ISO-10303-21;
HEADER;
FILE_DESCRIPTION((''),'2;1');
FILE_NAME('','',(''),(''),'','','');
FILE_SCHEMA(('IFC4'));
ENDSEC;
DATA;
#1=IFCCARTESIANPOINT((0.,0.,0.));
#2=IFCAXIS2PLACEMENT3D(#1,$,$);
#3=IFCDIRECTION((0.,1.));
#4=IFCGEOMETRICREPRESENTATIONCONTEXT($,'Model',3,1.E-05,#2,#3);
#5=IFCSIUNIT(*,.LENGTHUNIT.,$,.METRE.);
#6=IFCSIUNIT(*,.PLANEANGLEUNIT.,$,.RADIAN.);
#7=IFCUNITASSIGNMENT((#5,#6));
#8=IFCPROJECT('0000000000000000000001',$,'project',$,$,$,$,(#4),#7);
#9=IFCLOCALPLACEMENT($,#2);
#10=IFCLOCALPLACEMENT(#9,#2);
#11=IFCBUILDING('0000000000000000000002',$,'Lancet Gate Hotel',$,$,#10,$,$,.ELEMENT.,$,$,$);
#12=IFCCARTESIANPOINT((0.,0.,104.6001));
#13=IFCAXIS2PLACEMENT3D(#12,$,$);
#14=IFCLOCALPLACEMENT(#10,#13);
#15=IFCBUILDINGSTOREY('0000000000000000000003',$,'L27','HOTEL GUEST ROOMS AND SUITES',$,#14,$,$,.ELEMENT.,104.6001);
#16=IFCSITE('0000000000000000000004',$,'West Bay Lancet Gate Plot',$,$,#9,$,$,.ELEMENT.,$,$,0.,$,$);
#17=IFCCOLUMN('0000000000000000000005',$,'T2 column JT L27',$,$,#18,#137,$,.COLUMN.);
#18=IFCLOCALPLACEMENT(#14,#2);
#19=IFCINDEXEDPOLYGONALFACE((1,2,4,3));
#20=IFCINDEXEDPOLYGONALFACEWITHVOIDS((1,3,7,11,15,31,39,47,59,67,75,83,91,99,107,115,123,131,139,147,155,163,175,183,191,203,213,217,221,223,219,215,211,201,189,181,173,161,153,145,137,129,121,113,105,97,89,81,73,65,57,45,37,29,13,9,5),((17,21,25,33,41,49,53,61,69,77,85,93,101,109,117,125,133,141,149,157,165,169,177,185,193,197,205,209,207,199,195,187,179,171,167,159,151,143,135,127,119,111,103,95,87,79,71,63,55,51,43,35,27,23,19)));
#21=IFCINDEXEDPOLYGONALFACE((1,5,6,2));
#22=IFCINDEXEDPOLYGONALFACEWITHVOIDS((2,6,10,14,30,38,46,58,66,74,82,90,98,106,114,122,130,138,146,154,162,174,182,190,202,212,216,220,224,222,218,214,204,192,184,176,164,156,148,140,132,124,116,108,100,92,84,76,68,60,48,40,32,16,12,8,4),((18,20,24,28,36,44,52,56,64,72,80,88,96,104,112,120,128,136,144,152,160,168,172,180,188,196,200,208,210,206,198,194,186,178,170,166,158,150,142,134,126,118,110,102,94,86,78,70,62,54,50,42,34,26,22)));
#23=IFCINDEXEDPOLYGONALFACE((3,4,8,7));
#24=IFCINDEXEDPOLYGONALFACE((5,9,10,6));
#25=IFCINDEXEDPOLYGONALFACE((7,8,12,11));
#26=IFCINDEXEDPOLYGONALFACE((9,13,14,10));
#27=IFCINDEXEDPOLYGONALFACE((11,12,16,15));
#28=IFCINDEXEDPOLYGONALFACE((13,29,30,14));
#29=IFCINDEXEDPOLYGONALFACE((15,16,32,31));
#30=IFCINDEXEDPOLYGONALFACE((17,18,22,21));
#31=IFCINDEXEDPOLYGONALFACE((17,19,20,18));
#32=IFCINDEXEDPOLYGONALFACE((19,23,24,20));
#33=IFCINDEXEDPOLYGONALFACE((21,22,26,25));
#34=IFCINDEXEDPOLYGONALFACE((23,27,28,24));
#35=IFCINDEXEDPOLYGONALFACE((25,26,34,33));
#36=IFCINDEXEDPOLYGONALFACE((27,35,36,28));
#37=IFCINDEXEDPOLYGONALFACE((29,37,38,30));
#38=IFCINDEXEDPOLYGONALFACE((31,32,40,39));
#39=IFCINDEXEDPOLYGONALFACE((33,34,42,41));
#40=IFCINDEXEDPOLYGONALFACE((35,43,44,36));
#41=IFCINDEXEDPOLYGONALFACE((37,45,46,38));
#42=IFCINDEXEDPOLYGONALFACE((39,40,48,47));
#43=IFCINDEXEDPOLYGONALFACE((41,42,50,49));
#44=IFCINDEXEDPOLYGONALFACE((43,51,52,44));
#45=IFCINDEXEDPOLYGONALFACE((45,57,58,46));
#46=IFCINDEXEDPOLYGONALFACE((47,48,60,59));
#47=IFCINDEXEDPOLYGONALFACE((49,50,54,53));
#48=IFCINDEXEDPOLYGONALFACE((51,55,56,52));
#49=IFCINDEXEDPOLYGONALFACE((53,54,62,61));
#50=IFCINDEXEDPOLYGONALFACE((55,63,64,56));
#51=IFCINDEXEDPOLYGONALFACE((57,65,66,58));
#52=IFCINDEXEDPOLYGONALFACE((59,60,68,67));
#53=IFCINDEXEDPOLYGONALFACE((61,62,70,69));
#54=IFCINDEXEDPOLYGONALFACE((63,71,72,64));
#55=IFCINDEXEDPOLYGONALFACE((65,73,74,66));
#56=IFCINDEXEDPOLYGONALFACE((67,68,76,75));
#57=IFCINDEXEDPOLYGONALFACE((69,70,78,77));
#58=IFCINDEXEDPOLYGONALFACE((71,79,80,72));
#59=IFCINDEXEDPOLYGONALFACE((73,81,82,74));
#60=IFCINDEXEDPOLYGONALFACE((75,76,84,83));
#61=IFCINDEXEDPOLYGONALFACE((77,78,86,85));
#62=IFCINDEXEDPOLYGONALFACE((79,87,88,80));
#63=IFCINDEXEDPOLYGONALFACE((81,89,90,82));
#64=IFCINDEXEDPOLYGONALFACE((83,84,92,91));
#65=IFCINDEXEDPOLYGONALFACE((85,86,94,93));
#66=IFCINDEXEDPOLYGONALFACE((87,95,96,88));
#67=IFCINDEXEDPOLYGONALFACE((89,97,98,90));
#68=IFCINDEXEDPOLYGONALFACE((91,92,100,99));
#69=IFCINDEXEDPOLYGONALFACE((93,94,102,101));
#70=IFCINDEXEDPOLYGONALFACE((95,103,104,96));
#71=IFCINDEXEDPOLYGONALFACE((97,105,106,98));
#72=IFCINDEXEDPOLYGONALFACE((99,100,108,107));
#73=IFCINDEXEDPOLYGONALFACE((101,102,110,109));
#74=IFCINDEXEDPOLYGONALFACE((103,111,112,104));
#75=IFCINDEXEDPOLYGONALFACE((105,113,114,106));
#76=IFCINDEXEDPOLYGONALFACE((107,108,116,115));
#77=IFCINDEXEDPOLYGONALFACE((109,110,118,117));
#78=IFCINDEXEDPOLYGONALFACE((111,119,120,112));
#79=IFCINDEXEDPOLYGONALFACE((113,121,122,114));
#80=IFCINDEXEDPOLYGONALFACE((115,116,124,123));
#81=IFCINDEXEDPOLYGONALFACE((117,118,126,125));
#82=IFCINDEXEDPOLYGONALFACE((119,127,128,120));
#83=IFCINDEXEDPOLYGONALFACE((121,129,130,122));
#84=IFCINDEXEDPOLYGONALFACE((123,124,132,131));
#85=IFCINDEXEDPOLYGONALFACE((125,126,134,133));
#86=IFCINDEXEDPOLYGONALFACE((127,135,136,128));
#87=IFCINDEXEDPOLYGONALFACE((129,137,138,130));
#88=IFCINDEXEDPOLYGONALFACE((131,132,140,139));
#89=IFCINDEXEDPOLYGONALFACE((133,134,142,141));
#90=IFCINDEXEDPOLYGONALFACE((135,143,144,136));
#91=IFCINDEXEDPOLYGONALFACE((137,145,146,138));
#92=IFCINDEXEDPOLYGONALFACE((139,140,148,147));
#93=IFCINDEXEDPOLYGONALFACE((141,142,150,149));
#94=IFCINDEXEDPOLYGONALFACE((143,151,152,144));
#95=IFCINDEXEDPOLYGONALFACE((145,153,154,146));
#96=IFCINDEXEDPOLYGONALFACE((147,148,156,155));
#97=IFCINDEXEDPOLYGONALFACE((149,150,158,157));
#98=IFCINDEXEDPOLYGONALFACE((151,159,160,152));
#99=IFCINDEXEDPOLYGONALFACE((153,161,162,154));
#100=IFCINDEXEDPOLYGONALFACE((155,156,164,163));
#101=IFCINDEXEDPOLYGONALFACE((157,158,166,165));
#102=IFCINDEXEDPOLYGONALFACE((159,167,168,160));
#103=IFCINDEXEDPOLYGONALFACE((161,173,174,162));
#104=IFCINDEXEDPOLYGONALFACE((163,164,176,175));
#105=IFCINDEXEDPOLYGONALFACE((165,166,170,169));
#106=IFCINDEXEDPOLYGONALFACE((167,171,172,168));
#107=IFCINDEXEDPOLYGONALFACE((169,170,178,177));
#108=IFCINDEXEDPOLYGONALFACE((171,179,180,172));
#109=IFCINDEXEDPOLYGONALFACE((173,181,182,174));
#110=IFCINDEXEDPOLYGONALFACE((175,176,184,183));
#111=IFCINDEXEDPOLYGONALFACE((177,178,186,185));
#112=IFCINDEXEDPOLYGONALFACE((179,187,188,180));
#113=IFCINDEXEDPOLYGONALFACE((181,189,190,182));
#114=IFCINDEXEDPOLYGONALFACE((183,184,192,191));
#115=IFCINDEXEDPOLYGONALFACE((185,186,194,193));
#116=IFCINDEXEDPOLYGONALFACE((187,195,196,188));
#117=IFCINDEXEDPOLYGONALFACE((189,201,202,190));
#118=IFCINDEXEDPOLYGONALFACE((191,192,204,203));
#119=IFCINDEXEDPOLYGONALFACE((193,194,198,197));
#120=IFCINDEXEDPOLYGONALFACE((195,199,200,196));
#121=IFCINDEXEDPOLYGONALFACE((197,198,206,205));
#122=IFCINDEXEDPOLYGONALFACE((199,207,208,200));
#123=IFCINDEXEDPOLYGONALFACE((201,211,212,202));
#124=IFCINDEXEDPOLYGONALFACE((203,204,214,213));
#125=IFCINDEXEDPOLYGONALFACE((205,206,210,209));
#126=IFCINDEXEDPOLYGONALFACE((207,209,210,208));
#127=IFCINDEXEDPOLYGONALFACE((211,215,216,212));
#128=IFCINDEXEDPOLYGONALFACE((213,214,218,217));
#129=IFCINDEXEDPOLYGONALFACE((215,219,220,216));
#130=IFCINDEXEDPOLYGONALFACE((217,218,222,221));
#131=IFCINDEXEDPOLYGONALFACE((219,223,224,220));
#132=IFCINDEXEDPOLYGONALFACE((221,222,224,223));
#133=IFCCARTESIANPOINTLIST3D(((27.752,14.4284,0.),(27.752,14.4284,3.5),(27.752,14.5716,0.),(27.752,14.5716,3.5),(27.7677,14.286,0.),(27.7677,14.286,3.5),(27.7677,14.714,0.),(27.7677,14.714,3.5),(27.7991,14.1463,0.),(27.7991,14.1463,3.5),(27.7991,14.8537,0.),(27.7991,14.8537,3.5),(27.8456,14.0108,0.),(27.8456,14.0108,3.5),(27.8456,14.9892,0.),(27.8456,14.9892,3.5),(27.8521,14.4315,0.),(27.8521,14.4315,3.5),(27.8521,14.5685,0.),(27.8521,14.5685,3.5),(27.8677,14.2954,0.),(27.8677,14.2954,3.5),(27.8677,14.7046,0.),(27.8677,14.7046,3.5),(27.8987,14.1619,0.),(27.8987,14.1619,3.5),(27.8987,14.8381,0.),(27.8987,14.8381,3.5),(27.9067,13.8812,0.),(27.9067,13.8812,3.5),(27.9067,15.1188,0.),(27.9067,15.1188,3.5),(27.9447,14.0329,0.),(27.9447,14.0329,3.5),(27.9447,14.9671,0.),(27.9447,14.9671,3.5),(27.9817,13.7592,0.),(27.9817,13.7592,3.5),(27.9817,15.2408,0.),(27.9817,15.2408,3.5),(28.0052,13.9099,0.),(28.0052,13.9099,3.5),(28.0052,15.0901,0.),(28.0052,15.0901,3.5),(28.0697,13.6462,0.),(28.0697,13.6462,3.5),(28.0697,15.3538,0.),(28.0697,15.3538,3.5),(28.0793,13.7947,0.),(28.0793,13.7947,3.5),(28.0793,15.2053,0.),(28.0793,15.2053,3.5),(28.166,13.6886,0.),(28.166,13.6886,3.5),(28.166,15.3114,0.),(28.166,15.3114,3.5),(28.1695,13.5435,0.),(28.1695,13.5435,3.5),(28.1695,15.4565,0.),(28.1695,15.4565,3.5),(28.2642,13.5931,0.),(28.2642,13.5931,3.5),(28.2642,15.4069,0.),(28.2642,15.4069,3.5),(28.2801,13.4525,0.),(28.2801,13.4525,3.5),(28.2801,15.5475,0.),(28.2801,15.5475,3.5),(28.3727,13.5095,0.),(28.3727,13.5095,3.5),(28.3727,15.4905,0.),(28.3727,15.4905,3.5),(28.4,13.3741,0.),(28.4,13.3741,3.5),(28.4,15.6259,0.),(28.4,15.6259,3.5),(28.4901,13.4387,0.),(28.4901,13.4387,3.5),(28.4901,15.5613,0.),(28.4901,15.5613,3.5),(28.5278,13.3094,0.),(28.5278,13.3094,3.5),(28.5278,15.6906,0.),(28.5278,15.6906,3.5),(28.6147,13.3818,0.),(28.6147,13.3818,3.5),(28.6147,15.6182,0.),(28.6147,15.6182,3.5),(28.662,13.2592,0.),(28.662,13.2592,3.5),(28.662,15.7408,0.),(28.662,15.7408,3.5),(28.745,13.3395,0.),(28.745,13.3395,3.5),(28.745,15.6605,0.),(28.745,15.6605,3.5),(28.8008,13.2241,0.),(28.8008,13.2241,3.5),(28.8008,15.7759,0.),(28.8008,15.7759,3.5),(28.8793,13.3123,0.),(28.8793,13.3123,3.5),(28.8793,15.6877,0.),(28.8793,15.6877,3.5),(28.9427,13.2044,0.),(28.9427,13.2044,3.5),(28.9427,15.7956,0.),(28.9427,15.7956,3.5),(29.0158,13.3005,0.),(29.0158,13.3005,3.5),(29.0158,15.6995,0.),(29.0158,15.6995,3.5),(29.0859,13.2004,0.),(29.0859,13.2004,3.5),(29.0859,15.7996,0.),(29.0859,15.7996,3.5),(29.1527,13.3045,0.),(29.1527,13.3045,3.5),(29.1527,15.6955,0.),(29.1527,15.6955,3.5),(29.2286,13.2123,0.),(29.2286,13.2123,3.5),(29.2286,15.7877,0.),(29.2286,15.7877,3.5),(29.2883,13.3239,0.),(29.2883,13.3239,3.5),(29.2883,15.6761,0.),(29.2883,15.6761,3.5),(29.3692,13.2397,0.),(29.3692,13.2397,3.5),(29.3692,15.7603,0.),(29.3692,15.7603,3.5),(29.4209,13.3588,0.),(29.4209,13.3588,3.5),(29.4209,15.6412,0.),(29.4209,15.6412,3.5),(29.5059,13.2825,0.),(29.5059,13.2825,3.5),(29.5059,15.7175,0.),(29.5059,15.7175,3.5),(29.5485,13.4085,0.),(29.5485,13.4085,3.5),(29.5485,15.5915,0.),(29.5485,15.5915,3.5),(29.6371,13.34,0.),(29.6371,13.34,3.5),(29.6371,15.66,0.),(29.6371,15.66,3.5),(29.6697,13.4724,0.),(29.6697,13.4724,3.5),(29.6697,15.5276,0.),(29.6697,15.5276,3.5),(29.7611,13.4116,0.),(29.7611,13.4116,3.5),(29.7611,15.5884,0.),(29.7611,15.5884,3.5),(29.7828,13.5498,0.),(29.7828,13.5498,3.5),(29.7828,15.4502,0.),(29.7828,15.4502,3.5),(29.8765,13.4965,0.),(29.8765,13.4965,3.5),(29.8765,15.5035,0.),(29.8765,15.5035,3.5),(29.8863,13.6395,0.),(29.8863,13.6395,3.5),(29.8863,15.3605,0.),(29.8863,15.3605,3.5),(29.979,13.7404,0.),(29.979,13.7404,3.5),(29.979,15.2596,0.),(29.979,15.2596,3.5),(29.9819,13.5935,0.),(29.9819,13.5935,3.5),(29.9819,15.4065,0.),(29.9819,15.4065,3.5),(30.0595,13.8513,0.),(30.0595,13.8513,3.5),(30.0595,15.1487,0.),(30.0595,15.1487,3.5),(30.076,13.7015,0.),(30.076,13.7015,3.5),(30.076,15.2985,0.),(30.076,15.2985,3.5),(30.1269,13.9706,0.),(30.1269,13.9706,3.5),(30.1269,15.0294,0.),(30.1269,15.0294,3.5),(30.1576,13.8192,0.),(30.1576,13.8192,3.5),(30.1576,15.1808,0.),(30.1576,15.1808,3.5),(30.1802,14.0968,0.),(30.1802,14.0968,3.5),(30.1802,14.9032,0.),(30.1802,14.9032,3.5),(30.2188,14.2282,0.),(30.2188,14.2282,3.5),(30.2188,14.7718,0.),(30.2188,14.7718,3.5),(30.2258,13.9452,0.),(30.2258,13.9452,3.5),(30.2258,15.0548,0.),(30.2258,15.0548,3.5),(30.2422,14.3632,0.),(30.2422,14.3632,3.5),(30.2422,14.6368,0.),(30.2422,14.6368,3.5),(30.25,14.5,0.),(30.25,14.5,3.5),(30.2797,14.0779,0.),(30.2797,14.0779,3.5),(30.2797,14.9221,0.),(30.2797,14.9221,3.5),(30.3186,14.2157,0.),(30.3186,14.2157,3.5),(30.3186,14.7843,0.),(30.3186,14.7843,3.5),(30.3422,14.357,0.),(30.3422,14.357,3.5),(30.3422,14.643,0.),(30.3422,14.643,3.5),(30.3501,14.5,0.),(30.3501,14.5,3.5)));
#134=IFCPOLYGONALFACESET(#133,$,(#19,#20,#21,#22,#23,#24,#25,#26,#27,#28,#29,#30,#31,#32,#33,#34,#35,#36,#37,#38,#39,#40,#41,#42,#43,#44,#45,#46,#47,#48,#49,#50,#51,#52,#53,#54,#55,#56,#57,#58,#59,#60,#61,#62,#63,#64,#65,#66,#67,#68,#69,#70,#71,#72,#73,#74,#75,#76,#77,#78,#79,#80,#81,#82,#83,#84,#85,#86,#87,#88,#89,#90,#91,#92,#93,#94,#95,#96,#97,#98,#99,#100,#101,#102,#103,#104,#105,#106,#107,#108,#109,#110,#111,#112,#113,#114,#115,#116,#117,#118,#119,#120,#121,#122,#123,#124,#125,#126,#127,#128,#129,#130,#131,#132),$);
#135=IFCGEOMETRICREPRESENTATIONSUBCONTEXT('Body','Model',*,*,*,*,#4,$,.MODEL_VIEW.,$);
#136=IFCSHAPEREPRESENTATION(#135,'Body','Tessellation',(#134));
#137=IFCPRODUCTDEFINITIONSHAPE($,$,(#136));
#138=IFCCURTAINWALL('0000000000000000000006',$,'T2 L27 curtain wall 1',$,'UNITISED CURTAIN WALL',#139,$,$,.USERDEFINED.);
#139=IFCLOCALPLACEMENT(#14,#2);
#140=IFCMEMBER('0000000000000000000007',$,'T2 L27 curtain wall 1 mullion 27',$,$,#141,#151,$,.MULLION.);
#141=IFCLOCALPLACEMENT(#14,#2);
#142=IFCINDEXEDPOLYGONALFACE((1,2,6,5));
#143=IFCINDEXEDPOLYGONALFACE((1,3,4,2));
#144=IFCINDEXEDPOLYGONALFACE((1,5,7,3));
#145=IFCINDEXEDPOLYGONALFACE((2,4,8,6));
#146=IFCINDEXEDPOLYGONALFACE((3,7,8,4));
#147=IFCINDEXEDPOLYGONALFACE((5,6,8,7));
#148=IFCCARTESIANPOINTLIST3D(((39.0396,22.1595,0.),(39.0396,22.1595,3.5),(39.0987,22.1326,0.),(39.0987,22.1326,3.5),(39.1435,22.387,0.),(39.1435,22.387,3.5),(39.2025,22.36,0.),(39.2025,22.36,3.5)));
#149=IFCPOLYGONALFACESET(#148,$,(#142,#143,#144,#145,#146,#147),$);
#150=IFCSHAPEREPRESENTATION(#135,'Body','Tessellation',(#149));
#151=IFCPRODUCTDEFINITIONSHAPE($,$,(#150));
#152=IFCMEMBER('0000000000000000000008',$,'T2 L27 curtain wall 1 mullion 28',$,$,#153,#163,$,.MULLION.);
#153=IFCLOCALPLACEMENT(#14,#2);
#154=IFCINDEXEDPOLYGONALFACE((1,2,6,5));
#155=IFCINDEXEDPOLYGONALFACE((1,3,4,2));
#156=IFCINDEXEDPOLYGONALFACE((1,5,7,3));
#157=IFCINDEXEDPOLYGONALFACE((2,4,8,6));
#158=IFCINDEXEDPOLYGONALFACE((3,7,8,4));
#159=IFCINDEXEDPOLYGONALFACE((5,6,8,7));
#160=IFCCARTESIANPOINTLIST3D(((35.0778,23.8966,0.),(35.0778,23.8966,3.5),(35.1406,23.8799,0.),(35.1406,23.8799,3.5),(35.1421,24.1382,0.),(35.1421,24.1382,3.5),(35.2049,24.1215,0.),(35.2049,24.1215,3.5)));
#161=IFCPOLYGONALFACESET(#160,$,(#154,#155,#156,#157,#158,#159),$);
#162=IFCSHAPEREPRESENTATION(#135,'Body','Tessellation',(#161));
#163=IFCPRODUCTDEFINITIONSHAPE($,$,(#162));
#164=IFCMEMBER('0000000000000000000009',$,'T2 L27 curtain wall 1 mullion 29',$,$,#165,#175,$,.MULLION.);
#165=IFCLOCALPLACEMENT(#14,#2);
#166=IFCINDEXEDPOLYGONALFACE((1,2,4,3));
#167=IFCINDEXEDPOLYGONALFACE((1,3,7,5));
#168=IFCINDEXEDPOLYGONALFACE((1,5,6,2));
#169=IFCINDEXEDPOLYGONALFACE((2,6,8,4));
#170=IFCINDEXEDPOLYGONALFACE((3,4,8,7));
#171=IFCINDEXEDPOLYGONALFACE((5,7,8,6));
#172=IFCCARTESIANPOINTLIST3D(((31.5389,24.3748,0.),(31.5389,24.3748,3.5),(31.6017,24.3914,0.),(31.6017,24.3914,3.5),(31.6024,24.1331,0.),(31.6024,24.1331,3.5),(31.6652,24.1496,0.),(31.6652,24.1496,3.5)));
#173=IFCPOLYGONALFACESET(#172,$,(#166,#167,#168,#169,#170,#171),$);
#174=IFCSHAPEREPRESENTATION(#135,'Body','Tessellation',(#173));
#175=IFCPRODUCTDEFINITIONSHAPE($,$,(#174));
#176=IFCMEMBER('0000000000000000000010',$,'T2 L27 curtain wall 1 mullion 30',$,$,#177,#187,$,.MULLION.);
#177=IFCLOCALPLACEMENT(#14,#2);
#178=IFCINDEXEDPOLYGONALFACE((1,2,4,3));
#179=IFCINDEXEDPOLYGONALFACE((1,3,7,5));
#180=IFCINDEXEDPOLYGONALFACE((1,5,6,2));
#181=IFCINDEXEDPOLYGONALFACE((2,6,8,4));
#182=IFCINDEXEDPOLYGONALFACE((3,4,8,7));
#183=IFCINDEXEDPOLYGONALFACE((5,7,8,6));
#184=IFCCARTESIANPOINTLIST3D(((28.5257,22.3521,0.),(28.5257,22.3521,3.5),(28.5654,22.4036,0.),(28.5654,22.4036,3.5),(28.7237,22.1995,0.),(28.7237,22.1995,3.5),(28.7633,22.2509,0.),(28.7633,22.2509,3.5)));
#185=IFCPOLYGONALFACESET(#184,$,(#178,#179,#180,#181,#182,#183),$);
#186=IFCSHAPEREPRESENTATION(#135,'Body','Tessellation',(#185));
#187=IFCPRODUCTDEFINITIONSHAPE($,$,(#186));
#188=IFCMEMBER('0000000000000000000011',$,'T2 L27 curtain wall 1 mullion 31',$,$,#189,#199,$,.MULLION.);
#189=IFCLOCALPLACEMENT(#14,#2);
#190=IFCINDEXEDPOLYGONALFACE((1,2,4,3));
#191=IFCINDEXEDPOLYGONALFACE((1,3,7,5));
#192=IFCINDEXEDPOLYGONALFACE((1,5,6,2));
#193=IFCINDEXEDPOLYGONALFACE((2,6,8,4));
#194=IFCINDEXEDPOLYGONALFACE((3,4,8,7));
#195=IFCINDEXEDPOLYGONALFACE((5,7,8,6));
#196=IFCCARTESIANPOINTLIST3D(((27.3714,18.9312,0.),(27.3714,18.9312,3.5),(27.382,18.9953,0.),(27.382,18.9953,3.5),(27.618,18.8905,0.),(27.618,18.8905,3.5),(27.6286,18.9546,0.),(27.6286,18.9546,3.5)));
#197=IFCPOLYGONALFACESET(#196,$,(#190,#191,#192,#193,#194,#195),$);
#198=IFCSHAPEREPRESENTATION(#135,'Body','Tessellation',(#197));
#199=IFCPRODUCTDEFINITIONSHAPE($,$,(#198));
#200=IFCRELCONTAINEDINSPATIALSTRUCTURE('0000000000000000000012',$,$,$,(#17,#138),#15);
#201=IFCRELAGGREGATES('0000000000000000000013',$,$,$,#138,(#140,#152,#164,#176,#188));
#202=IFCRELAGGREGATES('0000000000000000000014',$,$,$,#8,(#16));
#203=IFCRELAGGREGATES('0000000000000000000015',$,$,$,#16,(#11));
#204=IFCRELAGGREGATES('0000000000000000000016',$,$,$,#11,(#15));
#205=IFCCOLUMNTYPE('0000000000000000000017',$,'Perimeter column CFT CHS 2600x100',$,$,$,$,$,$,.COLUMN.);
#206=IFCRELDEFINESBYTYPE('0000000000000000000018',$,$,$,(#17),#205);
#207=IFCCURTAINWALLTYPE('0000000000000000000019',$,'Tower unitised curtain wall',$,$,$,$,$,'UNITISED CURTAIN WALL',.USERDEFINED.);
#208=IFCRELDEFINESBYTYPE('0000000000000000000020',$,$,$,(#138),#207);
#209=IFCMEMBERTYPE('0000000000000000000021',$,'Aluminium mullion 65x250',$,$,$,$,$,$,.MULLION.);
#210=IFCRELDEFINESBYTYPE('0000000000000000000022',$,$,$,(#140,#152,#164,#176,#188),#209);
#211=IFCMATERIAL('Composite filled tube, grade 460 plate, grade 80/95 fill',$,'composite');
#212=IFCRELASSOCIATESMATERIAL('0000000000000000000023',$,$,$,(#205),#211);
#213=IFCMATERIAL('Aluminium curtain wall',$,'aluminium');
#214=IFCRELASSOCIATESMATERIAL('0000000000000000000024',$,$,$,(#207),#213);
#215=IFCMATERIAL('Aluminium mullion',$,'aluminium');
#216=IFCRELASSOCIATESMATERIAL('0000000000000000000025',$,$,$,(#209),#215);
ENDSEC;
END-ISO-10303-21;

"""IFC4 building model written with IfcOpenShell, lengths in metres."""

from ifc_helpers import new_model, si_unit, direction, frame, origin, origin_2d, place, context, subcontext, project, spatial, rectangle, hollow_circle, extrude, material, material_profile, profile_set, type_object, element, aggregate, save


model = new_model("IFC4")

# Units and contexts
model_context = context("Model", 3, precision=1e-05, world=origin(), true_north=direction((0.0, 1.0)))
body_context = subcontext(model_context, "Body", "Model", "MODEL_VIEW")
ifc_project = project(units=[si_unit("LENGTHUNIT", "METRE"), si_unit("PLANEANGLEUNIT", "RADIAN")], contexts=[model_context])

# Site, building, storey
site_placement = place(None, origin())
site = spatial("IfcSite", under=ifc_project, at=site_placement, Name="West Bay Lancet Gate Plot", CompositionType="ELEMENT", RefElevation=0.0)
building_placement = place(site_placement, origin())
building = spatial("IfcBuilding", under=site, at=building_placement, Name="Lancet Gate Hotel", CompositionType="ELEMENT")
storey_placement = place(building_placement, frame((0.0, 0.0, 104.6001)))
storey = spatial("IfcBuildingStorey", under=building, at=storey_placement, Name="L27", Description="HOTEL GUEST ROOMS AND SUITES", CompositionType="ELEMENT", Elevation=104.6001)

# Column
ifc_material_1 = material(Name="Composite filled tube, grade 460 plate, grade 80/95 fill", Category="composite")
ifc_material_profile_1 = material_profile(ifc_material_1, hollow_circle(Radius=1.3, WallThickness=0.1001, at=origin_2d()), Name="CHS 2600x100")
ifc_profile_set_1 = profile_set([ifc_material_profile_1], Name="Composite filled tube, grade 460 plate, grade 80/95 fill")
column_type = type_object("IfcColumnType", Name="Perimeter column CFT CHS 2600x100", PredefinedType="COLUMN", material=ifc_profile_set_1)
for number, where, z_axis, x_axis, name in (
    (1, (29.05, 14.5, 0.0), (0.0, 0.0, 1.0), (1.0, 0.0, 0.0), "T2 column JT L27"),
):
    element("IfcColumn", number, at=place(storey_placement, frame(where, z_axis=z_axis, x_axis=x_axis)), inside=storey, type_object=column_type, Name=name, PredefinedType="COLUMN", context=body_context, shape_type="SweptSolid", body=[
        extrude(hollow_circle(Radius=1.3, WallThickness=0.1001, at=origin_2d()), origin(), (0.0, 0.0, 1.0), 3.5),
    ])

# Curtain wall, members
ifc_material_2 = material(Name="Aluminium curtain wall", Category="aluminium")
curtain_wall_type = type_object("IfcCurtainWallType", Name="Tower unitised curtain wall", ElementType="UNITISED CURTAIN WALL", PredefinedType="USERDEFINED", material=ifc_material_2)
curtain_wall_placement = place(storey_placement, origin())
curtain_wall = element("IfcCurtainWall", 2, at=curtain_wall_placement, inside=storey, type_object=curtain_wall_type, Name="T2 L27 curtain wall 1", ObjectType="UNITISED CURTAIN WALL", PredefinedType="USERDEFINED")
ifc_material_3 = material(Name="Aluminium mullion", Category="aluminium")
ifc_material_profile_2 = material_profile(ifc_material_3, rectangle(XDim=0.0649, YDim=0.25, at=origin_2d()), Name="MULLION 65x250")
ifc_profile_set_2 = profile_set([ifc_material_profile_2], Name="Aluminium mullion")
member_type_1 = type_object("IfcMemberType", Name="Aluminium mullion 65x250", PredefinedType="MULLION", material=ifc_profile_set_2)
member_1_placement = place(storey_placement, frame((39.1211, 22.2598, 0.0), z_axis=(0.0, 0.0, 1.0), x_axis=(-0.909673, 0.415326, 0.0)))
member_1 = element("IfcMember", 3, at=member_1_placement, type_object=member_type_1, Name="T2 L27 curtain wall 1 mullion 27", PredefinedType="MULLION", context=body_context, shape_type="SweptSolid", body=[
    extrude(rectangle(XDim=0.0649, YDim=0.25, at=origin_2d()), origin(), (0.0, 0.0, 1.0), 3.5),
])
member_2_placement = place(storey_placement, frame((35.1414, 24.009, 0.0), z_axis=(0.0, 0.0, 1.0), x_axis=(-0.966317, 0.257353, 0.0)))
member_2 = element("IfcMember", 4, at=member_2_placement, type_object=member_type_1, Name="T2 L27 curtain wall 1 mullion 28", PredefinedType="MULLION", context=body_context, shape_type="SweptSolid", body=[
    extrude(rectangle(XDim=0.0649, YDim=0.25, at=origin_2d()), origin(), (0.0, 0.0, 1.0), 3.5),
])
member_3_placement = place(storey_placement, frame((31.6021, 24.2622, 0.0), z_axis=(0.0, 0.0, 1.0), x_axis=(-0.967157, -0.254179, 0.0)))
member_3 = element("IfcMember", 5, at=member_3_placement, type_object=member_type_1, Name="T2 L27 curtain wall 1 mullion 29", PredefinedType="MULLION", context=body_context, shape_type="SweptSolid", body=[
    extrude(rectangle(XDim=0.0649, YDim=0.25, at=origin_2d()), origin(), (0.0, 0.0, 1.0), 3.5),
])
member_4_placement = place(storey_placement, frame((28.6445, 22.3015, 0.0), z_axis=(0.0, 0.0, 1.0), x_axis=(-0.610664, -0.79189, 0.0)))
member_4 = element("IfcMember", 6, at=member_4_placement, type_object=member_type_1, Name="T2 L27 curtain wall 1 mullion 30", PredefinedType="MULLION", context=body_context, shape_type="SweptSolid", body=[
    extrude(rectangle(XDim=0.0649, YDim=0.25, at=origin_2d()), origin(), (0.0, 0.0, 1.0), 3.5),
])
member_5_placement = place(storey_placement, frame((27.5, 18.9429, 0.0), z_axis=(0.0, 0.0, 1.0), x_axis=(-0.162739, -0.986669, 0.0)))
member_5 = element("IfcMember", 7, at=member_5_placement, type_object=member_type_1, Name="T2 L27 curtain wall 1 mullion 31", PredefinedType="MULLION", context=body_context, shape_type="SweptSolid", body=[
    extrude(rectangle(XDim=0.0649, YDim=0.25, at=origin_2d()), origin(), (0.0, 0.0, 1.0), 3.5),
])

aggregate(curtain_wall, [member_1, member_2, member_3, member_4, member_5])

save(model, "model.ifc")
